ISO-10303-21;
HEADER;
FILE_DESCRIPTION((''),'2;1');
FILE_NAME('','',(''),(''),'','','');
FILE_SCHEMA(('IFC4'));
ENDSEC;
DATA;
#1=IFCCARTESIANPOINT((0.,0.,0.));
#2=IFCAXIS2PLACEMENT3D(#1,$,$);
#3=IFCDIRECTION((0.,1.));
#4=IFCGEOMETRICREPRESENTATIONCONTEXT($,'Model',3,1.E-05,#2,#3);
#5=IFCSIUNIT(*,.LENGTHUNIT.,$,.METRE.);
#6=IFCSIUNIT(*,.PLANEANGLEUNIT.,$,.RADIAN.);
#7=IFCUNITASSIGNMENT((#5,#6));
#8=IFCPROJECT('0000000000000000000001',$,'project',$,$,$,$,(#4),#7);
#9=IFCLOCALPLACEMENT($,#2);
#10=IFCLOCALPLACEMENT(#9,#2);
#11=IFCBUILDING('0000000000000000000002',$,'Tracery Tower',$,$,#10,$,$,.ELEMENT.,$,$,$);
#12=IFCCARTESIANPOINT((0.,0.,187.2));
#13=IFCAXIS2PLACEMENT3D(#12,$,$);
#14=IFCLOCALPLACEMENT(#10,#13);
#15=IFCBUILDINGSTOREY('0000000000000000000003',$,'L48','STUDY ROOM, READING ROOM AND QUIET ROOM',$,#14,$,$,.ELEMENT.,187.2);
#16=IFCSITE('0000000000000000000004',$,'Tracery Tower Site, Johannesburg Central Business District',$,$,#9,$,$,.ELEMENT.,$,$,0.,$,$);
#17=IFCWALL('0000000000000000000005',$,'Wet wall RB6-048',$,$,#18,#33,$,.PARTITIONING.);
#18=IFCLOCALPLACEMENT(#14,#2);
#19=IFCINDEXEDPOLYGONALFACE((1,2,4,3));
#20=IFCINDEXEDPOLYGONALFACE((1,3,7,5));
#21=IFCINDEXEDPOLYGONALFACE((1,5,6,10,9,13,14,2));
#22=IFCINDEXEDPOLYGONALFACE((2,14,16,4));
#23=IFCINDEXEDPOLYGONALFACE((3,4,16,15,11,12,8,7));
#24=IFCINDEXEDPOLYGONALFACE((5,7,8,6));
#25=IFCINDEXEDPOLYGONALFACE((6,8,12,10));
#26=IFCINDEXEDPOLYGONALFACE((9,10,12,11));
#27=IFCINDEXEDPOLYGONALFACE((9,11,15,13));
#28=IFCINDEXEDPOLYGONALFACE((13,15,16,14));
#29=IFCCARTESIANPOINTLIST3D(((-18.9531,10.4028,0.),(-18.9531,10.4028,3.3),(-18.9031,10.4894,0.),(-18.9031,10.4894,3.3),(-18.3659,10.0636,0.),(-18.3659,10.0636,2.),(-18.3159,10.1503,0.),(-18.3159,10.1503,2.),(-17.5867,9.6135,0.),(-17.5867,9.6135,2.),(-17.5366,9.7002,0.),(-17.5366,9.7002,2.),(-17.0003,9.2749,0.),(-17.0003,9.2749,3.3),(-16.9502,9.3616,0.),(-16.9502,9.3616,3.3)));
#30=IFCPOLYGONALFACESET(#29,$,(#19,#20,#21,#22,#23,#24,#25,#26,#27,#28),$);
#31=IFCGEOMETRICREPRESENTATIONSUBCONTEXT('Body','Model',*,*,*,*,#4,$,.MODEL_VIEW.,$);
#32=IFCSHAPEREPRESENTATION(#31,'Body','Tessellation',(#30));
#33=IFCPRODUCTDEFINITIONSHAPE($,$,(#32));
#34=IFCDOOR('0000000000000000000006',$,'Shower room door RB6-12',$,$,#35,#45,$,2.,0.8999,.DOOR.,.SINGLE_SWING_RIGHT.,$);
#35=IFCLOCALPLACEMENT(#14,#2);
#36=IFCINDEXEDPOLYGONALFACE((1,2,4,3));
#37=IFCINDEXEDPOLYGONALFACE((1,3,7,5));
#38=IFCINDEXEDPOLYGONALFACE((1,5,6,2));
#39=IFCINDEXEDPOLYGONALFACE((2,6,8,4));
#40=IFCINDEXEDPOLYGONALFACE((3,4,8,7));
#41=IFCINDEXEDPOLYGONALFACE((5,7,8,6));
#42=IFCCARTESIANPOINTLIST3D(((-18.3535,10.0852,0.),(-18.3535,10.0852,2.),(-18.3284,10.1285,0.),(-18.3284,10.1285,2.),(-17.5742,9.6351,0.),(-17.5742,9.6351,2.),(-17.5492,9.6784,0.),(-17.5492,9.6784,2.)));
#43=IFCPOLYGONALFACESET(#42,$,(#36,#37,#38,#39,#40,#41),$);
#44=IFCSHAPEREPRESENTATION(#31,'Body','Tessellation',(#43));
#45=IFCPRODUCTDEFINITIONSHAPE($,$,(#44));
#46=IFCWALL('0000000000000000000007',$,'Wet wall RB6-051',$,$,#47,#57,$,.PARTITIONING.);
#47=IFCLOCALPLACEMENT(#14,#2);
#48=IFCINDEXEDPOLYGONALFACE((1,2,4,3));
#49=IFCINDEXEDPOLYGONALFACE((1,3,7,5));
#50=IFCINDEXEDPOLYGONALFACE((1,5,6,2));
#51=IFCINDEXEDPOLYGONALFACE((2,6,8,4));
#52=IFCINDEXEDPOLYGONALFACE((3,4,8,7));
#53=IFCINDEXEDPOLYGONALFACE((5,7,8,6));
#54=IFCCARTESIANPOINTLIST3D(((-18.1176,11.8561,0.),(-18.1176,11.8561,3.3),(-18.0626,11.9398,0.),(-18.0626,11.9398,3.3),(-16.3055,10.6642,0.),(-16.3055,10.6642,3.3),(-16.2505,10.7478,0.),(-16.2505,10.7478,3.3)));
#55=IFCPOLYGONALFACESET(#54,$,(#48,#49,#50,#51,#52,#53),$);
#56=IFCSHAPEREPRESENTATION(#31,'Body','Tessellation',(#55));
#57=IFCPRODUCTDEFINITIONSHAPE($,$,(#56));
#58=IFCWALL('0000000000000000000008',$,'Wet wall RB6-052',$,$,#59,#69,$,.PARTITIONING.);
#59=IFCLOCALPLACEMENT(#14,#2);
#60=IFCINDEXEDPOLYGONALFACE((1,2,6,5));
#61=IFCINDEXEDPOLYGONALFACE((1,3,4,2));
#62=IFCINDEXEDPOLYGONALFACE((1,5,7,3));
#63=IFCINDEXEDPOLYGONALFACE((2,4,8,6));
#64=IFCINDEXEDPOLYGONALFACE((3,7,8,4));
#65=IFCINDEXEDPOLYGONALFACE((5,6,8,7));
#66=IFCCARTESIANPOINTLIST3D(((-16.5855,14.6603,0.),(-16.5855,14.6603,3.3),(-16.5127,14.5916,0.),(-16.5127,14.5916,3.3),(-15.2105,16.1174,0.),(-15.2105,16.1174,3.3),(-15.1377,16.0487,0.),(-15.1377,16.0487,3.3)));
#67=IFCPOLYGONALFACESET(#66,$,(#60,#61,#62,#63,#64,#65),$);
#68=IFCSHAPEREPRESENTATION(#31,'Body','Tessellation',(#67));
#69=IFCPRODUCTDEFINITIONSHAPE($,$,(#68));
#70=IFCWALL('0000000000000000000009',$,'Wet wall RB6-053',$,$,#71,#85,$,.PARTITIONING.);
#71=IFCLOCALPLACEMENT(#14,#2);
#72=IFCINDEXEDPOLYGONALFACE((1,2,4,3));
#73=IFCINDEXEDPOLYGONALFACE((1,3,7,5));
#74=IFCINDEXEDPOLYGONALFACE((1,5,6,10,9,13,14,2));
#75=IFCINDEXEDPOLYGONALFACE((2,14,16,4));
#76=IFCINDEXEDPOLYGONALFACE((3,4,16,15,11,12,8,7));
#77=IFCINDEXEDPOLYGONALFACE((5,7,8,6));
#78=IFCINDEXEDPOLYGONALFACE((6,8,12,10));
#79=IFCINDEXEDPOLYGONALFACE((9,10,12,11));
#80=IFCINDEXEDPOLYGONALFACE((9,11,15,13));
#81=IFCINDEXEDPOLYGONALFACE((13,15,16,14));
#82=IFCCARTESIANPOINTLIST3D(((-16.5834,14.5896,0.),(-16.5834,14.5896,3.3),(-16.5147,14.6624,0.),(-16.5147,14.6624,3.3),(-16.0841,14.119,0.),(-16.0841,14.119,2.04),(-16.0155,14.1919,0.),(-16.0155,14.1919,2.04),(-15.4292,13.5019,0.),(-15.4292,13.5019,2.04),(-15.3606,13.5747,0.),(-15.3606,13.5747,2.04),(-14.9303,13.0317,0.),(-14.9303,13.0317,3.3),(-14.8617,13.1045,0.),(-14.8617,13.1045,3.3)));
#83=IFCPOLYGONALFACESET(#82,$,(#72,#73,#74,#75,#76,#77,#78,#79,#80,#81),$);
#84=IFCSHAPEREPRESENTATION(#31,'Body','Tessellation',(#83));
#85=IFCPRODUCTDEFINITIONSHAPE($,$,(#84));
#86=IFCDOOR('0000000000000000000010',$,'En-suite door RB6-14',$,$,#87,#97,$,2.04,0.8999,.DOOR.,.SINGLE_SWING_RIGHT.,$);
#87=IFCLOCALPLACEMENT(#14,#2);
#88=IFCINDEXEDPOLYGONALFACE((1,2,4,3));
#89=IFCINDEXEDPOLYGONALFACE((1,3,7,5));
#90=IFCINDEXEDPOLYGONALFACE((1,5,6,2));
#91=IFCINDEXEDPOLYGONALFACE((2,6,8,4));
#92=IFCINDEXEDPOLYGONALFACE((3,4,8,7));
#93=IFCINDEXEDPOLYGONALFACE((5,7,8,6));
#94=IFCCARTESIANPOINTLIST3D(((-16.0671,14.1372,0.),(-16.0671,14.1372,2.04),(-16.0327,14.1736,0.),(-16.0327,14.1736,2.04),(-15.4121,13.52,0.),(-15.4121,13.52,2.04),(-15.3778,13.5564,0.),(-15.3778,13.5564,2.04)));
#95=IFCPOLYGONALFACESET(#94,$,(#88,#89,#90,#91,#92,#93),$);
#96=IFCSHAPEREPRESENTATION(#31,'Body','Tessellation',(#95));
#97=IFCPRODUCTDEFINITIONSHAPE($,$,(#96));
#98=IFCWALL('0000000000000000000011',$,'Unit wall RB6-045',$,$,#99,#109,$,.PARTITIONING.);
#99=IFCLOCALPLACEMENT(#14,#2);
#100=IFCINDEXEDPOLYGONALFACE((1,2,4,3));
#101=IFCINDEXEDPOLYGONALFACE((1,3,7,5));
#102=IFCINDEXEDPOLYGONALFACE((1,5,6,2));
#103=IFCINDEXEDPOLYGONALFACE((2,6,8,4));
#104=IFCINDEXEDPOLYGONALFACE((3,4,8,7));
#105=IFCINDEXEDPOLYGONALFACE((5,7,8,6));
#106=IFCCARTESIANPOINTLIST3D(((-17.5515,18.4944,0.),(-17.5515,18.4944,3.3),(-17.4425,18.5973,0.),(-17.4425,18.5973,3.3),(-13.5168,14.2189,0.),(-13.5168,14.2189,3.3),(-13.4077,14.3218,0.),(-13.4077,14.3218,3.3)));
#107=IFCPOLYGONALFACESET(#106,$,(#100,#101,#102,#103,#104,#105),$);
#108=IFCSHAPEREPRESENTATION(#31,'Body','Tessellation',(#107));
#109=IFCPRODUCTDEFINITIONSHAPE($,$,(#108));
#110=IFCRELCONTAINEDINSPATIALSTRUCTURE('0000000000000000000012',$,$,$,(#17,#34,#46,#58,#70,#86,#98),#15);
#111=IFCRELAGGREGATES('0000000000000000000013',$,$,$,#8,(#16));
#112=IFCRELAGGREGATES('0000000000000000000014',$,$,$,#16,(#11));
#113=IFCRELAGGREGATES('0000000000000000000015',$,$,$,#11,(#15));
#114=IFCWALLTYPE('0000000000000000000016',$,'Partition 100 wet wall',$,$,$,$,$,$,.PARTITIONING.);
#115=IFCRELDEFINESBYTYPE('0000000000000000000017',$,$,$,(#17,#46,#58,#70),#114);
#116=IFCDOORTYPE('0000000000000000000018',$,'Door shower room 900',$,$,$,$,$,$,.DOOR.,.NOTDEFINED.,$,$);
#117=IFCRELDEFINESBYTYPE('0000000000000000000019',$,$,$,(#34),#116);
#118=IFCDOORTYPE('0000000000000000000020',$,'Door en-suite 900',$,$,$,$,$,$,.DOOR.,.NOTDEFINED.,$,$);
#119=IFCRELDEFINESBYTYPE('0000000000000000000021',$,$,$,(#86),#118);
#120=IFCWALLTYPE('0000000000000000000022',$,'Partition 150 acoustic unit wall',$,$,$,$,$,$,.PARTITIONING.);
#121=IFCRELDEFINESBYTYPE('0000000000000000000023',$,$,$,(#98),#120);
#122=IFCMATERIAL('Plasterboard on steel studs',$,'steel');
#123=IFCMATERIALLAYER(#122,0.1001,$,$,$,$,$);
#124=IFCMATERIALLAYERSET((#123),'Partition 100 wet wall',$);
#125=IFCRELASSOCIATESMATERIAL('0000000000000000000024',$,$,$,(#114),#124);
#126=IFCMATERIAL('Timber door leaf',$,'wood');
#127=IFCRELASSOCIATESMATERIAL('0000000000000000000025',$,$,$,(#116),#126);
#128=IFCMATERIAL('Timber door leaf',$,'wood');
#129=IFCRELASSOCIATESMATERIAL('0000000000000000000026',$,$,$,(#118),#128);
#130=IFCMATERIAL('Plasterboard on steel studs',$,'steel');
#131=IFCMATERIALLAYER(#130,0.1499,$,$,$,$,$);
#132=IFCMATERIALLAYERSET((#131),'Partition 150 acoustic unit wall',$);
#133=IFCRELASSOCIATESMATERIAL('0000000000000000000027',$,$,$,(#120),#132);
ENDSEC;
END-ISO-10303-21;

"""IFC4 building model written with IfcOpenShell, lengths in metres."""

from ifc_helpers import new_model, si_unit, direction, frame, frame_2d, origin, place, context, subcontext, project, spatial, rectangle, extrude, material, layer, layer_set, type_object, element, fill, save


model = new_model("IFC4")

# Units and contexts
model_context = context("Model", 3, precision=1e-05, world=origin(), true_north=direction((0.0, 1.0)))
body_context = subcontext(model_context, "Body", "Model", "MODEL_VIEW")
ifc_project = project(units=[si_unit("LENGTHUNIT", "METRE"), si_unit("PLANEANGLEUNIT", "RADIAN")], contexts=[model_context])

# Site, building, storey
site_placement = place(None, origin())
site = spatial("IfcSite", under=ifc_project, at=site_placement, Name="Tracery Tower Site, Johannesburg Central Business District", CompositionType="ELEMENT", RefElevation=0.0)
building_placement = place(site_placement, origin())
building = spatial("IfcBuilding", under=site, at=building_placement, Name="Tracery Tower", CompositionType="ELEMENT")
storey_placement = place(building_placement, frame((0.0, 0.0, 187.2)))
storey = spatial("IfcBuildingStorey", under=building, at=storey_placement, Name="L48", Description="STUDY ROOM, READING ROOM AND QUIET ROOM", CompositionType="ELEMENT", Elevation=187.2)

# Shared definitions
ifc_material_1 = material(Name="Plasterboard on steel studs", Category="steel")
ifc_layer_1 = layer(ifc_material_1, 0.1001)
ifc_layer_set_1 = layer_set([ifc_layer_1], Name="Partition 100 wet wall")
wall_type_1 = type_object("IfcWallType", Name="Partition 100 wet wall", PredefinedType="PARTITIONING", material=ifc_layer_set_1)

# Wall, opening, door
wall_1_placement = place(storey_placement, frame((-18.928, 10.446, 0.0), z_axis=(0.0, 0.0, 1.0), x_axis=(0.865942, -0.500144, 0.0)))
wall_1 = element("IfcWall", 1, at=wall_1_placement, inside=storey, type_object=wall_type_1, Name="Wet wall RB6-048", PredefinedType="PARTITIONING", context=body_context, shape_type="SweptSolid", body=[
    extrude(rectangle(XDim=2.2551, YDim=0.1001, at=frame_2d((1.1274, 0.0))), origin(), (0.0, 0.0, 1.0), 3.3),
])
opening_1_placement = place(wall_1_placement, frame((0.678, 0.0, 0.0)))
opening_1 = element("IfcOpeningElement", 2, at=opening_1_placement, cuts=wall_1, PredefinedType="OPENING", context=body_context, shape_type="SweptSolid", body=[
    extrude(rectangle(XDim=0.8999, YDim=2.0, at=frame_2d((0.45, 1.0))), frame((0.0, 0.05, 0.0), z_axis=(0.0, -1.0, 0.0), x_axis=(1.0, 0.0, 0.0)), (0.0, 0.0, 1.0), 0.1001),
])
ifc_material_2 = material(Name="Timber door leaf", Category="wood")
door_type_1 = type_object("IfcDoorType", Name="Door shower room 900", OperationType="NOTDEFINED", PredefinedType="DOOR", material=ifc_material_2)
door_1_placement = place(opening_1_placement, origin())
door_1 = element("IfcDoor", 3, at=door_1_placement, inside=storey, type_object=door_type_1, Name="Shower room door RB6-12", OperationType="SINGLE_SWING_RIGHT", OverallHeight=2.0, OverallWidth=0.8999, PredefinedType="DOOR", context=body_context, shape_type="SweptSolid", body=[
    extrude(rectangle(XDim=0.8999, YDim=2.0, at=frame_2d((0.45, 1.0))), frame((0.0, 0.0249, 0.0), z_axis=(0.0, -1.0, 0.0), x_axis=(1.0, 0.0, 0.0)), (0.0, 0.0, 1.0), 0.05),
])
fill(opening_1, door_1)

# Walls
wall_2_placement = place(storey_placement, frame((-18.0901, 11.8979, 0.0), z_axis=(0.0, 0.0, 1.0), x_axis=(0.835463, -0.549546, 0.0)))
element("IfcWall", 4, at=wall_2_placement, inside=storey, type_object=wall_type_1, Name="Wet wall RB6-051", PredefinedType="PARTITIONING", context=body_context, shape_type="SweptSolid", body=[
    extrude(rectangle(XDim=2.1689, YDim=0.1001, at=frame_2d((1.0845, 0.0))), origin(), (0.0, 0.0, 1.0), 3.3),
])
wall_3_placement = place(storey_placement, frame((-16.5491, 14.626, 0.0), z_axis=(0.0, 0.0, 1.0), x_axis=(0.686337, 0.727283, 0.0)))
element("IfcWall", 5, at=wall_3_placement, inside=storey, type_object=wall_type_1, Name="Wet wall RB6-052", PredefinedType="PARTITIONING", context=body_context, shape_type="SweptSolid", body=[
    extrude(rectangle(XDim=2.0034, YDim=0.1001, at=frame_2d((1.0017, 0.0))), origin(), (0.0, 0.0, 1.0), 3.3),
])

# Wall, opening, door
wall_4_placement = place(storey_placement, frame((-16.5491, 14.626, 0.0), z_axis=(0.0, 0.0, 1.0), x_axis=(0.727755, -0.685837, 0.0)))
wall_4 = element("IfcWall", 6, at=wall_4_placement, inside=storey, type_object=wall_type_1, Name="Wet wall RB6-053", PredefinedType="PARTITIONING", context=body_context, shape_type="SweptSolid", body=[
    extrude(rectangle(XDim=2.2715, YDim=0.1001, at=frame_2d((1.1357, 0.0))), origin(), (0.0, 0.0, 1.0), 3.3),
])
opening_2_placement = place(wall_4_placement, frame((0.686, 0.0, 0.0)))
opening_2 = element("IfcOpeningElement", 7, at=opening_2_placement, cuts=wall_4, PredefinedType="OPENING", context=body_context, shape_type="SweptSolid", body=[
    extrude(rectangle(XDim=0.8999, YDim=2.04, at=frame_2d((0.45, 1.02))), frame((0.0, 0.05, 0.0), z_axis=(0.0, -1.0, 0.0), x_axis=(1.0, 0.0, 0.0)), (0.0, 0.0, 1.0), 0.1001),
])
ifc_material_3 = material(Name="Timber door leaf", Category="wood")
door_type_2 = type_object("IfcDoorType", Name="Door en-suite 900", OperationType="NOTDEFINED", PredefinedType="DOOR", material=ifc_material_3)
door_2_placement = place(opening_2_placement, origin())
door_2 = element("IfcDoor", 8, at=door_2_placement, inside=storey, type_object=door_type_2, Name="En-suite door RB6-14", OperationType="SINGLE_SWING_RIGHT", OverallHeight=2.04, OverallWidth=0.8999, PredefinedType="DOOR", context=body_context, shape_type="SweptSolid", body=[
    extrude(rectangle(XDim=0.8999, YDim=2.04, at=frame_2d((0.45, 1.02))), frame((0.0, 0.0249, 0.0), z_axis=(0.0, -1.0, 0.0), x_axis=(1.0, 0.0, 0.0)), (0.0, 0.0, 1.0), 0.05),
])
fill(opening_2, door_2)

# Wall
ifc_material_4 = material(Name="Plasterboard on steel studs", Category="steel")
ifc_layer_2 = layer(ifc_material_4, 0.1499)
ifc_layer_set_2 = layer_set([ifc_layer_2], Name="Partition 150 acoustic unit wall")
wall_type_2 = type_object("IfcWallType", Name="Partition 150 acoustic unit wall", PredefinedType="PARTITIONING", material=ifc_layer_set_2)
wall_5_placement = place(storey_placement, frame((-17.4971, 18.5459, 0.0), z_axis=(0.0, 0.0, 1.0), x_axis=(0.686336, -0.727285, 0.0)))
element("IfcWall", 9, at=wall_5_placement, inside=storey, type_object=wall_type_2, Name="Unit wall RB6-045", PredefinedType="PARTITIONING", context=body_context, shape_type="SweptSolid", body=[
    extrude(rectangle(XDim=5.8787, YDim=0.1499, at=frame_2d((2.9395, 0.0))), origin(), (0.0, 0.0, 1.0), 3.3),
])

save(model, "model.ifc")
